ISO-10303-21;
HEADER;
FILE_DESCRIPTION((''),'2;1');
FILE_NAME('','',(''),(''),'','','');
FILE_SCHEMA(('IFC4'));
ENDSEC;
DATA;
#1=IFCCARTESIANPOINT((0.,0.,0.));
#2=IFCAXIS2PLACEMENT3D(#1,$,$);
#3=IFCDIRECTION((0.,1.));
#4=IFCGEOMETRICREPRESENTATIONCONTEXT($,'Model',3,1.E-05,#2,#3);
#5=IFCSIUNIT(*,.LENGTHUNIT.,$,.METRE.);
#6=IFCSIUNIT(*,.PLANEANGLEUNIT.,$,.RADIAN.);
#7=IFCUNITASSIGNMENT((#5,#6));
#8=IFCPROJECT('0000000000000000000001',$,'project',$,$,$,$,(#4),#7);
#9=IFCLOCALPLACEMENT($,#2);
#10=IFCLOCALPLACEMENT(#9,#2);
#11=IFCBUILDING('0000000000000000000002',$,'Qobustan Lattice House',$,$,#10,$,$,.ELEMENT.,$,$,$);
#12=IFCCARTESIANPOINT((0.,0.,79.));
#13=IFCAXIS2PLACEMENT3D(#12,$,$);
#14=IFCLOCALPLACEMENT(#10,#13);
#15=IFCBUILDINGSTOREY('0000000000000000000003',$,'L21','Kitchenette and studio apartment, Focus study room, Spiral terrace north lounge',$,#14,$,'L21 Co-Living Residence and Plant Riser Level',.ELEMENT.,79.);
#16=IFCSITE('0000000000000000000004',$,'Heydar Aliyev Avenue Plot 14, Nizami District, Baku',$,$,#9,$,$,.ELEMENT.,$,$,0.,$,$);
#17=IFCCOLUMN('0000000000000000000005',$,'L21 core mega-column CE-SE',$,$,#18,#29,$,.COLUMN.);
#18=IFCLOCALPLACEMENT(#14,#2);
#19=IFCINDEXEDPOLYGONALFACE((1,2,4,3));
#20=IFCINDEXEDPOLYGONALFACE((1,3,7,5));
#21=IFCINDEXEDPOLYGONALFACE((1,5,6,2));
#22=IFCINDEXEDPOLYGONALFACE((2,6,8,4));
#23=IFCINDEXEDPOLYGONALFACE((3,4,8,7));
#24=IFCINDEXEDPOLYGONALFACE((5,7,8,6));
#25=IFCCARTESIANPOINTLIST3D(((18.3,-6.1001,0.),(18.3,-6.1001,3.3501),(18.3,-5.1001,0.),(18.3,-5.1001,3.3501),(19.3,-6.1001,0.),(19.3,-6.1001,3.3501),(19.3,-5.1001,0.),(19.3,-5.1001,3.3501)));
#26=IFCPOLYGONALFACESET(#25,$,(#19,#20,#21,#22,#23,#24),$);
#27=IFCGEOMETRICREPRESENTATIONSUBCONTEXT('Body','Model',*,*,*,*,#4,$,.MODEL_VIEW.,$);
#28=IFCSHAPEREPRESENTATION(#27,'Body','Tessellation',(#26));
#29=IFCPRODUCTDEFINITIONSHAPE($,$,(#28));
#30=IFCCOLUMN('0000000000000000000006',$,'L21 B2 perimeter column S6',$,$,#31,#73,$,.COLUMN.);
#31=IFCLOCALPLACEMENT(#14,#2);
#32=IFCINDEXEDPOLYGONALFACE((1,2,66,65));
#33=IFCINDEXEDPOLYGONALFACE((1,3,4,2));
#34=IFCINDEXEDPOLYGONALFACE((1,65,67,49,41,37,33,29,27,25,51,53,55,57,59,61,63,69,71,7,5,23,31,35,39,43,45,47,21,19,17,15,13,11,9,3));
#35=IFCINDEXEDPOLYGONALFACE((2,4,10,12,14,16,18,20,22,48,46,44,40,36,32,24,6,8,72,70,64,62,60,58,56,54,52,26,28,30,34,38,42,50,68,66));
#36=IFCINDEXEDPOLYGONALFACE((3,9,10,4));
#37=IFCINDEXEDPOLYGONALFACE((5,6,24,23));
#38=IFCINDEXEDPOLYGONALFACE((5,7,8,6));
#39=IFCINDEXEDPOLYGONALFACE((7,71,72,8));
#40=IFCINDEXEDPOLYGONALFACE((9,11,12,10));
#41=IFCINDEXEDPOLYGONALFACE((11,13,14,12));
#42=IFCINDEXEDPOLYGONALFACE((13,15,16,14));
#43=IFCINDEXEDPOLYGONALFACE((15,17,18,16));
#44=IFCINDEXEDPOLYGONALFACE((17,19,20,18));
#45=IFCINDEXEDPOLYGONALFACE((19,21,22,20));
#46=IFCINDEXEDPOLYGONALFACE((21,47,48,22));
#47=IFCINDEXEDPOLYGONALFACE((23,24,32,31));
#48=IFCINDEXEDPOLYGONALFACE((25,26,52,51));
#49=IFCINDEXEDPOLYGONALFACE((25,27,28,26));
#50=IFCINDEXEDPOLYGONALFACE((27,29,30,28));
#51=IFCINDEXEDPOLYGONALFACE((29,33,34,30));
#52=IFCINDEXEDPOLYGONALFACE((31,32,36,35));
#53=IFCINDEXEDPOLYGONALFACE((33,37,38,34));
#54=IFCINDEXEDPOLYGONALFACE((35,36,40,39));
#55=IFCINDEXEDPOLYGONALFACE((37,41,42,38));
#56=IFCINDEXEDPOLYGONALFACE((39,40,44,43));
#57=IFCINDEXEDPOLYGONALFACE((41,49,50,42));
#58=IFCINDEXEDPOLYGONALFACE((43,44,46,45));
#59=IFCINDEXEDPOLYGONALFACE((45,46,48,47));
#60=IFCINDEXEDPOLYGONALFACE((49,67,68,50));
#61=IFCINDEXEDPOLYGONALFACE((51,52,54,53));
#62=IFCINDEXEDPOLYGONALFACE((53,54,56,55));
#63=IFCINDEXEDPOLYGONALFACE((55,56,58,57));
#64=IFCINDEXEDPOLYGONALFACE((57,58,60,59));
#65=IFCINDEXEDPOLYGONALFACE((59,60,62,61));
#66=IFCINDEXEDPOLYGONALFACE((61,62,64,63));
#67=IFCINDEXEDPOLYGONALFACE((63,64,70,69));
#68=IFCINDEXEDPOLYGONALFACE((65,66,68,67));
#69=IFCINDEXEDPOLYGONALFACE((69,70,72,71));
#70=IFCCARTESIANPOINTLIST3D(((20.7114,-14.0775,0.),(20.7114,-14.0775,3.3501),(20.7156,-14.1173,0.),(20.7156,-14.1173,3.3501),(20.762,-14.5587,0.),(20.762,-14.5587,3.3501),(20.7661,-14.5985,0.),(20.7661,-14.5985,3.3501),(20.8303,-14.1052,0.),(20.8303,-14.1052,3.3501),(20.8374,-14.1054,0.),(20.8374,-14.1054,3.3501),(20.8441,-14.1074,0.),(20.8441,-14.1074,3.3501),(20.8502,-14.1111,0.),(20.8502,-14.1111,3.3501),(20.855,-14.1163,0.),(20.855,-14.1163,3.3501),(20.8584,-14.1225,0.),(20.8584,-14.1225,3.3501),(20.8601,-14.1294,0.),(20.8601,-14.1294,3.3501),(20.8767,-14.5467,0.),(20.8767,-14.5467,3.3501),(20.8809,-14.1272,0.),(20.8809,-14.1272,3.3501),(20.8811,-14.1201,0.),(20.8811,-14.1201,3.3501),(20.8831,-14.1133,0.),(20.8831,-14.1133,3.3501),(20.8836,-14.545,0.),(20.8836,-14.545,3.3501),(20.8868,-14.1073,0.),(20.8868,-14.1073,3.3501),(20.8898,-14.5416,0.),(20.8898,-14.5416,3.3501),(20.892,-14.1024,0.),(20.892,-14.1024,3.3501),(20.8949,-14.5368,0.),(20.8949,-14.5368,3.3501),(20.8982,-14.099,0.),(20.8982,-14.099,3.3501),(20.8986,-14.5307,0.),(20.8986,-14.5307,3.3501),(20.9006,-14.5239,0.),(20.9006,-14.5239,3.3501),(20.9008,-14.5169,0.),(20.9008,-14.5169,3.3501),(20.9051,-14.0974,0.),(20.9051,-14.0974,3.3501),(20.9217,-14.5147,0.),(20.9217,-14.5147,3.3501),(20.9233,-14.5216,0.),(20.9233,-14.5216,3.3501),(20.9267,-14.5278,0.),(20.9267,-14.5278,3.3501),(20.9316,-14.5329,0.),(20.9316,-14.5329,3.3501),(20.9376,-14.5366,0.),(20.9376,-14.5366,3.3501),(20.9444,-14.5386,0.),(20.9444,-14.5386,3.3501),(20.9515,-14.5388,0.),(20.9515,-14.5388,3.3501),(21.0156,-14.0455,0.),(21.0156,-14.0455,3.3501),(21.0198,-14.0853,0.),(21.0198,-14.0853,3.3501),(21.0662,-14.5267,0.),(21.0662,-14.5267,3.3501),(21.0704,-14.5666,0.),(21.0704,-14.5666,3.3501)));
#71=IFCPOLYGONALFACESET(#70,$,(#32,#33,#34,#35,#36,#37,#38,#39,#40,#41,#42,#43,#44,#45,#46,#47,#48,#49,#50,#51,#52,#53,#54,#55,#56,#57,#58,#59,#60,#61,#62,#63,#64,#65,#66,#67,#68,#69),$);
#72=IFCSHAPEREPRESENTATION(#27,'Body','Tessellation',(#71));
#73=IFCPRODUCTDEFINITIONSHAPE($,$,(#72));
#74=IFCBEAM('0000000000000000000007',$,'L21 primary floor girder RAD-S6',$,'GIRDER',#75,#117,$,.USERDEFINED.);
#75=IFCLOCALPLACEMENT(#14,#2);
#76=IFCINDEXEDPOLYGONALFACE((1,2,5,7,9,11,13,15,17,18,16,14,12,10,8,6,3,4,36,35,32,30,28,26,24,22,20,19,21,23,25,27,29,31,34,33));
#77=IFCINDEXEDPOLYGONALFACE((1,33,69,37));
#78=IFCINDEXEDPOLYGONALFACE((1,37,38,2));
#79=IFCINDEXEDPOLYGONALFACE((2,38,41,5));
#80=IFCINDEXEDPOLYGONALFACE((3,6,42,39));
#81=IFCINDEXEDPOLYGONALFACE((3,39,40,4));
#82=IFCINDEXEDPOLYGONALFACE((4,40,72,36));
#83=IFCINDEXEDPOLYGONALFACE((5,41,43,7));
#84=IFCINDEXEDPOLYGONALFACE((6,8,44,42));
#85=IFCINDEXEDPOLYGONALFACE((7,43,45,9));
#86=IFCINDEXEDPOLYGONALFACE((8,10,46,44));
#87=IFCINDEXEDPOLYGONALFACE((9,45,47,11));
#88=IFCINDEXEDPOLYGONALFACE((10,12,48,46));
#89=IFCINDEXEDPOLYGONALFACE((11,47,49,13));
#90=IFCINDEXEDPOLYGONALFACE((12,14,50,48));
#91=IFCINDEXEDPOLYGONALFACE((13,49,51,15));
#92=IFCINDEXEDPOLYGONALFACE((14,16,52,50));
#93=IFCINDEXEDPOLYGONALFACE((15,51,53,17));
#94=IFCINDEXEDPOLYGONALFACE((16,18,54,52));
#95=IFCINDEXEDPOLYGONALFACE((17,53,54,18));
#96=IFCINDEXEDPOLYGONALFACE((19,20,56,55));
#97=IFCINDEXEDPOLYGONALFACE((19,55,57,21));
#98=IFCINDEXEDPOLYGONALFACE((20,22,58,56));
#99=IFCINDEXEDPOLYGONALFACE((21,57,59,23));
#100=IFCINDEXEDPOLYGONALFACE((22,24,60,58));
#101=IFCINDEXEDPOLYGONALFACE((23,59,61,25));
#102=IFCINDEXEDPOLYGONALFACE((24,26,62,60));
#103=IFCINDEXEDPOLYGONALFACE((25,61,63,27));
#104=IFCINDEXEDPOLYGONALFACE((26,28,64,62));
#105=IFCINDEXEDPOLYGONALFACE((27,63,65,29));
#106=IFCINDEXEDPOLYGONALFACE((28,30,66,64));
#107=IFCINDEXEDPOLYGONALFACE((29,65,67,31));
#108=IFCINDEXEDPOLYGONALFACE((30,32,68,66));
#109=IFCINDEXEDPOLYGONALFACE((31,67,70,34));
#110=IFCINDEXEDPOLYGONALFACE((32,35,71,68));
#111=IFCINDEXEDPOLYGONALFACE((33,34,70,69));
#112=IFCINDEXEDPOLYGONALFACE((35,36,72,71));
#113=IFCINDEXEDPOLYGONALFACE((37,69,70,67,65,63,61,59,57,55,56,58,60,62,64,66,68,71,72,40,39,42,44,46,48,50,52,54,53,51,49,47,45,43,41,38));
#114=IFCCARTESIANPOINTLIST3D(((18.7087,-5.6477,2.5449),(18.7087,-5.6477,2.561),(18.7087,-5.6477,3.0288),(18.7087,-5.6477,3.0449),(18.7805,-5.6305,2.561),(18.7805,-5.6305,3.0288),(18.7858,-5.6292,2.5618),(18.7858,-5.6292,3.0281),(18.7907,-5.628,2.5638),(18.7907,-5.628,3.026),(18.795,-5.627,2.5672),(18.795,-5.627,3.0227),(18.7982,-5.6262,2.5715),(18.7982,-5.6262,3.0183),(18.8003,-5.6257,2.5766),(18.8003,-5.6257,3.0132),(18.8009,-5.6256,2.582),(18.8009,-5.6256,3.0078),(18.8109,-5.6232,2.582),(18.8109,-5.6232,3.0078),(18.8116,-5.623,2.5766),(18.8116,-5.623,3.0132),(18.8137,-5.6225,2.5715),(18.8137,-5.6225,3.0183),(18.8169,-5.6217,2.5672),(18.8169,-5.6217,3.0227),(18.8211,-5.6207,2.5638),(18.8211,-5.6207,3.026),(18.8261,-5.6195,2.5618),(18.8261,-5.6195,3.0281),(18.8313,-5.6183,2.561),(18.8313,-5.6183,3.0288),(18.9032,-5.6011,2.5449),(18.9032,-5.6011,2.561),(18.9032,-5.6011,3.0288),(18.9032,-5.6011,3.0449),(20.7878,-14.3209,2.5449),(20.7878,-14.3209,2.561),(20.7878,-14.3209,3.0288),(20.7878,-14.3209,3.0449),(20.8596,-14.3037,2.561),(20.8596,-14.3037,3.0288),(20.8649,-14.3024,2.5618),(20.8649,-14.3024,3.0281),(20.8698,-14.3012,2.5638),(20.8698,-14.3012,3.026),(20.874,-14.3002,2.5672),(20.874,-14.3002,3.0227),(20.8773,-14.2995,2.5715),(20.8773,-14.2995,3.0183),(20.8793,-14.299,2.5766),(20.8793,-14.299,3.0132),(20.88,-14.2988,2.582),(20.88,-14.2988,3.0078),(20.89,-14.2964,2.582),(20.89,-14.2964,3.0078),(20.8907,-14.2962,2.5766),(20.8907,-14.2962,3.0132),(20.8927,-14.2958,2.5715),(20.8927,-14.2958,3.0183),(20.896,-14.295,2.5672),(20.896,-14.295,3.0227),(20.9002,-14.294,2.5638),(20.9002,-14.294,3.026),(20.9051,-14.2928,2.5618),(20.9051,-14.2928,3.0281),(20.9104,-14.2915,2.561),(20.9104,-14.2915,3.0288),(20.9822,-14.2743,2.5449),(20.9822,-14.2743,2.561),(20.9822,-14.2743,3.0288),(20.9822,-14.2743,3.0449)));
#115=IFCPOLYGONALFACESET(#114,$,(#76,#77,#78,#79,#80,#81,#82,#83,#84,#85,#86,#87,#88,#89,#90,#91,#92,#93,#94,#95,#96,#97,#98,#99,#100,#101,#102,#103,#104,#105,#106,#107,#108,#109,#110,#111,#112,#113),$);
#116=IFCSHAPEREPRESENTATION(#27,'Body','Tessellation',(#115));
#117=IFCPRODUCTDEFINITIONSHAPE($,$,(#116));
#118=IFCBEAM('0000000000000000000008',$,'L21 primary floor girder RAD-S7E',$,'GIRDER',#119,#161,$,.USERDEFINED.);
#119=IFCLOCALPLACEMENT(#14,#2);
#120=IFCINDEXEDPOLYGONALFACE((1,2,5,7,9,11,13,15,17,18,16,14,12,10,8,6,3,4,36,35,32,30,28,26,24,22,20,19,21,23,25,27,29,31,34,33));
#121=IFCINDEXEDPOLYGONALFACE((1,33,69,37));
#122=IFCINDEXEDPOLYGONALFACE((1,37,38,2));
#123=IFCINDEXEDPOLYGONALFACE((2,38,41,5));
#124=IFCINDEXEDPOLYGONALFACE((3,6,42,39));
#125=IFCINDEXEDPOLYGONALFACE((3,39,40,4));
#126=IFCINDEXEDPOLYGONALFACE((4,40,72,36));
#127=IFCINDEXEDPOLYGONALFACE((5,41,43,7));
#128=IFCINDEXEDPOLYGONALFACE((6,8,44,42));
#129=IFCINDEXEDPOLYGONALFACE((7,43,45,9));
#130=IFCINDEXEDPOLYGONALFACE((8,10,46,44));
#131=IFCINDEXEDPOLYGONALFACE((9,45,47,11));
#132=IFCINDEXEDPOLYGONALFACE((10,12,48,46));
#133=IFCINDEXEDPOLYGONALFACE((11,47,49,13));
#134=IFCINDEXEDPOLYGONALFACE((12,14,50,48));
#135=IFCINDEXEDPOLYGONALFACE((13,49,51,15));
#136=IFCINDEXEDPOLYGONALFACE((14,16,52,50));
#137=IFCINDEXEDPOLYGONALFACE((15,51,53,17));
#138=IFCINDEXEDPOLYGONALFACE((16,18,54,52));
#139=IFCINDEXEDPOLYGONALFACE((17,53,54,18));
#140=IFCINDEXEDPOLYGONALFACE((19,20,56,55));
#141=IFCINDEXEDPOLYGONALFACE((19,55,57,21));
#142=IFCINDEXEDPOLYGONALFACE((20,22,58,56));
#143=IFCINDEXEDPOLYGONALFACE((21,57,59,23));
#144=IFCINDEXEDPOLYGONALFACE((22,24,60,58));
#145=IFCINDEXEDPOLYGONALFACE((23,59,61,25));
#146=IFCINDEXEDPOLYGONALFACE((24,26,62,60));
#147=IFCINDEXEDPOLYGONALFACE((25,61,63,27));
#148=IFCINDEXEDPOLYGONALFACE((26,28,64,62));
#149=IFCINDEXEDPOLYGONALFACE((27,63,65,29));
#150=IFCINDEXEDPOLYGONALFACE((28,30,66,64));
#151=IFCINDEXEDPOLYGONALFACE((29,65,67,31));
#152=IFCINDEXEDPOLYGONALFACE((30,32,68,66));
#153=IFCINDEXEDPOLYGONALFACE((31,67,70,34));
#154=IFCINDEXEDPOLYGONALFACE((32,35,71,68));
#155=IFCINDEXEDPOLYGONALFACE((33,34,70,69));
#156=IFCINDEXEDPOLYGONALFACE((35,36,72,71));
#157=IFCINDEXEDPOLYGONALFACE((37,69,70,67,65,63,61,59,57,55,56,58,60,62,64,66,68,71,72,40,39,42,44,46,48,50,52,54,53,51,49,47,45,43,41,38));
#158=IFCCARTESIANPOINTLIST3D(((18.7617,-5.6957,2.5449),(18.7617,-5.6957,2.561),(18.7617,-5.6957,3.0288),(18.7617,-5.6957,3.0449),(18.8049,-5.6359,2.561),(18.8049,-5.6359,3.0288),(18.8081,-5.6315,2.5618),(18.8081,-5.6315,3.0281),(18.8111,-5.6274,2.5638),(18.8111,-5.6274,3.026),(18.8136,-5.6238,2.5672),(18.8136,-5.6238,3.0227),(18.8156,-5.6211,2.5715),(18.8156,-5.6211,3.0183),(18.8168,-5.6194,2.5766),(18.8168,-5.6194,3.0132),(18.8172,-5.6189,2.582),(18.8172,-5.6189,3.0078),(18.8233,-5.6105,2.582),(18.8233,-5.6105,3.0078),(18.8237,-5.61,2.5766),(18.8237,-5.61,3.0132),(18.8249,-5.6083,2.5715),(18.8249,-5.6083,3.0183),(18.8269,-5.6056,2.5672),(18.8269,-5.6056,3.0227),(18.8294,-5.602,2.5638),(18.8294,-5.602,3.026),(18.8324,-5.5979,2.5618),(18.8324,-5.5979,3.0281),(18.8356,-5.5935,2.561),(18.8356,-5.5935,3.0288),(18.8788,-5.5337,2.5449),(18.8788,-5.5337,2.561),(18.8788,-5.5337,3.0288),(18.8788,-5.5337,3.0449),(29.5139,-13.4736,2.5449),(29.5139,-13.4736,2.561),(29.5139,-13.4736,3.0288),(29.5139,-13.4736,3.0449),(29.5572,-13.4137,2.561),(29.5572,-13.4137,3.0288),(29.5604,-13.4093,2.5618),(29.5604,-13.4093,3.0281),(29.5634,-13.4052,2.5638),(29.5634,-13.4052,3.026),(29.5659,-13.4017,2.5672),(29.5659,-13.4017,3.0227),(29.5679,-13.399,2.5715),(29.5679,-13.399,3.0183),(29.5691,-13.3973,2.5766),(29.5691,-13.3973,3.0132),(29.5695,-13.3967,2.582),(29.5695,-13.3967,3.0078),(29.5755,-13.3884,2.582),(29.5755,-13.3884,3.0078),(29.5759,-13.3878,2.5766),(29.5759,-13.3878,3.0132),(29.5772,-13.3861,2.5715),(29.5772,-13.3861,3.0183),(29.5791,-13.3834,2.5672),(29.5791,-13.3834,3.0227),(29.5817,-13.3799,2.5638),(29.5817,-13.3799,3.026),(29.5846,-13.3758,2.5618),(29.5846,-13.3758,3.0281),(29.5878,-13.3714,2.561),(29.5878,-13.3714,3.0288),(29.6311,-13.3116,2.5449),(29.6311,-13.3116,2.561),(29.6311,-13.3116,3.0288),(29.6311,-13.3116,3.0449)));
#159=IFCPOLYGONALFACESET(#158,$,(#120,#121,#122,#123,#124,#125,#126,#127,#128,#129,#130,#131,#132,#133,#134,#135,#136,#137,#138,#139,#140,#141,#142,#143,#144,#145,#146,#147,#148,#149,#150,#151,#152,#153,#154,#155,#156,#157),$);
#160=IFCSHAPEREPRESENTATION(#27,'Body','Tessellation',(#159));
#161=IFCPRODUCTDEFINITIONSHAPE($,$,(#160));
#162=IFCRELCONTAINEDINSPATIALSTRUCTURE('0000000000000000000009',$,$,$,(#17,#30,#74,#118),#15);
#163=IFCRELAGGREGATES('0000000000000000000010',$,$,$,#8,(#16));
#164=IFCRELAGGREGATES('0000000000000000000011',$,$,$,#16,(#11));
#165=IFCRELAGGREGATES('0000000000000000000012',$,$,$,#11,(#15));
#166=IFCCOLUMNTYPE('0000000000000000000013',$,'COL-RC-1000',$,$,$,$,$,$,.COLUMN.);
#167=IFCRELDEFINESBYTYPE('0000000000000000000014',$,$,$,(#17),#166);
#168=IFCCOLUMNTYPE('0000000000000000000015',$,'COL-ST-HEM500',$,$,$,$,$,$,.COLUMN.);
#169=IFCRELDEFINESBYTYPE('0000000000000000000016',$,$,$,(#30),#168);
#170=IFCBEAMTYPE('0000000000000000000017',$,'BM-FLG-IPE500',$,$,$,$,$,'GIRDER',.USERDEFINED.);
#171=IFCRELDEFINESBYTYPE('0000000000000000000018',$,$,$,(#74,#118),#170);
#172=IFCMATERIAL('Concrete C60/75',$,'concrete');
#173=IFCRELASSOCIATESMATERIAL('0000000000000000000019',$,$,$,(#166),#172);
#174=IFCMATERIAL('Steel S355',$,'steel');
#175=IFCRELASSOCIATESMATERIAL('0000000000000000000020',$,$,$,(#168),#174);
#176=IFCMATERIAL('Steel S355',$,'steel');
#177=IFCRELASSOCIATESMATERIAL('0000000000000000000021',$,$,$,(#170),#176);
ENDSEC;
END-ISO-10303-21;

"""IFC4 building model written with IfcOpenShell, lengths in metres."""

from ifc_helpers import new_model, si_unit, direction, frame, origin, origin_2d, place, context, subcontext, project, spatial, rectangle, i_section, extrude, material, material_profile, profile_set, type_object, element, save


model = new_model("IFC4")

# Units and contexts
model_context = context("Model", 3, precision=1e-05, world=origin(), true_north=direction((0.0, 1.0)))
body_context = subcontext(model_context, "Body", "Model", "MODEL_VIEW")
ifc_project = project(units=[si_unit("LENGTHUNIT", "METRE"), si_unit("PLANEANGLEUNIT", "RADIAN")], contexts=[model_context])

# Site, building, storey
site_placement = place(None, origin())
site = spatial("IfcSite", under=ifc_project, at=site_placement, Name="Heydar Aliyev Avenue Plot 14, Nizami District, Baku", CompositionType="ELEMENT", RefElevation=0.0)
building_placement = place(site_placement, origin())
building = spatial("IfcBuilding", under=site, at=building_placement, Name="Qobustan Lattice House", CompositionType="ELEMENT")
storey_placement = place(building_placement, frame((0.0, 0.0, 79.0)))
storey = spatial("IfcBuildingStorey", under=building, at=storey_placement, Name="L21", Description="Kitchenette and studio apartment, Focus study room, Spiral terrace north lounge", LongName="L21 Co-Living Residence and Plant Riser Level", CompositionType="ELEMENT", Elevation=79.0)

# Columns
ifc_material_1 = material(Name="Concrete C60/75", Category="concrete")
ifc_material_profile_1 = material_profile(ifc_material_1, rectangle(XDim=1.0, YDim=1.0, at=origin_2d()), Name="RC1000x1000")
ifc_profile_set_1 = profile_set([ifc_material_profile_1], Name="Concrete C60/75")
column_type_1 = type_object("IfcColumnType", Name="COL-RC-1000", PredefinedType="COLUMN", material=ifc_profile_set_1)
column_1_placement = place(storey_placement, frame((18.8, -5.6001, 0.0), z_axis=(0.0, 0.0, 1.0), x_axis=(1.0, 0.0, 0.0)))
element("IfcColumn", 1, at=column_1_placement, inside=storey, type_object=column_type_1, Name="L21 core mega-column CE-SE", PredefinedType="COLUMN", context=body_context, shape_type="SweptSolid", body=[
    extrude(rectangle(XDim=1.0, YDim=1.0, at=origin_2d()), origin(), (0.0, 0.0, 1.0), 3.3501),
])
ifc_material_2 = material(Name="Steel S355", Category="steel")
ifc_material_profile_2 = material_profile(ifc_material_2, i_section(OverallWidth=0.3059, OverallDepth=0.5239, WebThickness=0.021, FlangeThickness=0.04, FilletRadius=0.0271, at=origin_2d()), Name="HEM500")
ifc_profile_set_2 = profile_set([ifc_material_profile_2], Name="Steel S355")
column_type_2 = type_object("IfcColumnType", Name="COL-ST-HEM500", PredefinedType="COLUMN", material=ifc_profile_set_2)
column_2_placement = place(storey_placement, frame((20.8909, -14.322, 0.0), z_axis=(0.0, 0.0, 1.0), x_axis=(0.994522, 0.104528, 0.0)))
element("IfcColumn", 2, at=column_2_placement, inside=storey, type_object=column_type_2, Name="L21 B2 perimeter column S6", PredefinedType="COLUMN", context=body_context, shape_type="SweptSolid", body=[
    extrude(i_section(OverallWidth=0.3059, OverallDepth=0.5239, WebThickness=0.021, FlangeThickness=0.04, FilletRadius=0.0271, at=origin_2d()), origin(), (0.0, 0.0, 1.0), 3.3501),
])

# Beams
ifc_material_3 = material(Name="Steel S355", Category="steel")
ifc_material_profile_3 = material_profile(ifc_material_3, i_section(OverallWidth=0.2, OverallDepth=0.5, WebThickness=0.0103, FlangeThickness=0.0161, FilletRadius=0.021, at=origin_2d()), Name="IPE500")
ifc_profile_set_3 = profile_set([ifc_material_profile_3], Name="Steel S355")
beam_type_1 = type_object("IfcBeamType", Name="BM-FLG-IPE500", ElementType="GIRDER", PredefinedType="USERDEFINED", material=ifc_profile_set_3)
beam_1_placement = place(storey_placement, frame((20.885, -14.2976, 2.7949), z_axis=(-0.233108, 0.972451, 0.0), x_axis=(-0.972451, -0.233108, 0.0)))
element("IfcBeam", 3, at=beam_1_placement, inside=storey, type_object=beam_type_1, Name="L21 primary floor girder RAD-S6", ObjectType="GIRDER", PredefinedType="USERDEFINED", context=body_context, shape_type="SweptSolid", body=[
    extrude(i_section(OverallWidth=0.2, OverallDepth=0.5, WebThickness=0.0103, FlangeThickness=0.0161, FilletRadius=0.021, at=origin_2d()), origin(), (0.0, 0.0, 1.0), 8.9189),
])
beam_2_placement = place(storey_placement, frame((29.5725, -13.3926, 2.7949), z_axis=(-0.810237, 0.586102, 0.0), x_axis=(-0.586102, -0.810237, 0.0)))
element("IfcBeam", 4, at=beam_2_placement, inside=storey, type_object=beam_type_1, Name="L21 primary floor girder RAD-S7E", ObjectType="GIRDER", PredefinedType="USERDEFINED", context=body_context, shape_type="SweptSolid", body=[
    extrude(i_section(OverallWidth=0.2, OverallDepth=0.5, WebThickness=0.0103, FlangeThickness=0.0161, FilletRadius=0.021, at=origin_2d()), origin(), (0.0, 0.0, 1.0), 13.2705),
])

save(model, "model.ifc")
